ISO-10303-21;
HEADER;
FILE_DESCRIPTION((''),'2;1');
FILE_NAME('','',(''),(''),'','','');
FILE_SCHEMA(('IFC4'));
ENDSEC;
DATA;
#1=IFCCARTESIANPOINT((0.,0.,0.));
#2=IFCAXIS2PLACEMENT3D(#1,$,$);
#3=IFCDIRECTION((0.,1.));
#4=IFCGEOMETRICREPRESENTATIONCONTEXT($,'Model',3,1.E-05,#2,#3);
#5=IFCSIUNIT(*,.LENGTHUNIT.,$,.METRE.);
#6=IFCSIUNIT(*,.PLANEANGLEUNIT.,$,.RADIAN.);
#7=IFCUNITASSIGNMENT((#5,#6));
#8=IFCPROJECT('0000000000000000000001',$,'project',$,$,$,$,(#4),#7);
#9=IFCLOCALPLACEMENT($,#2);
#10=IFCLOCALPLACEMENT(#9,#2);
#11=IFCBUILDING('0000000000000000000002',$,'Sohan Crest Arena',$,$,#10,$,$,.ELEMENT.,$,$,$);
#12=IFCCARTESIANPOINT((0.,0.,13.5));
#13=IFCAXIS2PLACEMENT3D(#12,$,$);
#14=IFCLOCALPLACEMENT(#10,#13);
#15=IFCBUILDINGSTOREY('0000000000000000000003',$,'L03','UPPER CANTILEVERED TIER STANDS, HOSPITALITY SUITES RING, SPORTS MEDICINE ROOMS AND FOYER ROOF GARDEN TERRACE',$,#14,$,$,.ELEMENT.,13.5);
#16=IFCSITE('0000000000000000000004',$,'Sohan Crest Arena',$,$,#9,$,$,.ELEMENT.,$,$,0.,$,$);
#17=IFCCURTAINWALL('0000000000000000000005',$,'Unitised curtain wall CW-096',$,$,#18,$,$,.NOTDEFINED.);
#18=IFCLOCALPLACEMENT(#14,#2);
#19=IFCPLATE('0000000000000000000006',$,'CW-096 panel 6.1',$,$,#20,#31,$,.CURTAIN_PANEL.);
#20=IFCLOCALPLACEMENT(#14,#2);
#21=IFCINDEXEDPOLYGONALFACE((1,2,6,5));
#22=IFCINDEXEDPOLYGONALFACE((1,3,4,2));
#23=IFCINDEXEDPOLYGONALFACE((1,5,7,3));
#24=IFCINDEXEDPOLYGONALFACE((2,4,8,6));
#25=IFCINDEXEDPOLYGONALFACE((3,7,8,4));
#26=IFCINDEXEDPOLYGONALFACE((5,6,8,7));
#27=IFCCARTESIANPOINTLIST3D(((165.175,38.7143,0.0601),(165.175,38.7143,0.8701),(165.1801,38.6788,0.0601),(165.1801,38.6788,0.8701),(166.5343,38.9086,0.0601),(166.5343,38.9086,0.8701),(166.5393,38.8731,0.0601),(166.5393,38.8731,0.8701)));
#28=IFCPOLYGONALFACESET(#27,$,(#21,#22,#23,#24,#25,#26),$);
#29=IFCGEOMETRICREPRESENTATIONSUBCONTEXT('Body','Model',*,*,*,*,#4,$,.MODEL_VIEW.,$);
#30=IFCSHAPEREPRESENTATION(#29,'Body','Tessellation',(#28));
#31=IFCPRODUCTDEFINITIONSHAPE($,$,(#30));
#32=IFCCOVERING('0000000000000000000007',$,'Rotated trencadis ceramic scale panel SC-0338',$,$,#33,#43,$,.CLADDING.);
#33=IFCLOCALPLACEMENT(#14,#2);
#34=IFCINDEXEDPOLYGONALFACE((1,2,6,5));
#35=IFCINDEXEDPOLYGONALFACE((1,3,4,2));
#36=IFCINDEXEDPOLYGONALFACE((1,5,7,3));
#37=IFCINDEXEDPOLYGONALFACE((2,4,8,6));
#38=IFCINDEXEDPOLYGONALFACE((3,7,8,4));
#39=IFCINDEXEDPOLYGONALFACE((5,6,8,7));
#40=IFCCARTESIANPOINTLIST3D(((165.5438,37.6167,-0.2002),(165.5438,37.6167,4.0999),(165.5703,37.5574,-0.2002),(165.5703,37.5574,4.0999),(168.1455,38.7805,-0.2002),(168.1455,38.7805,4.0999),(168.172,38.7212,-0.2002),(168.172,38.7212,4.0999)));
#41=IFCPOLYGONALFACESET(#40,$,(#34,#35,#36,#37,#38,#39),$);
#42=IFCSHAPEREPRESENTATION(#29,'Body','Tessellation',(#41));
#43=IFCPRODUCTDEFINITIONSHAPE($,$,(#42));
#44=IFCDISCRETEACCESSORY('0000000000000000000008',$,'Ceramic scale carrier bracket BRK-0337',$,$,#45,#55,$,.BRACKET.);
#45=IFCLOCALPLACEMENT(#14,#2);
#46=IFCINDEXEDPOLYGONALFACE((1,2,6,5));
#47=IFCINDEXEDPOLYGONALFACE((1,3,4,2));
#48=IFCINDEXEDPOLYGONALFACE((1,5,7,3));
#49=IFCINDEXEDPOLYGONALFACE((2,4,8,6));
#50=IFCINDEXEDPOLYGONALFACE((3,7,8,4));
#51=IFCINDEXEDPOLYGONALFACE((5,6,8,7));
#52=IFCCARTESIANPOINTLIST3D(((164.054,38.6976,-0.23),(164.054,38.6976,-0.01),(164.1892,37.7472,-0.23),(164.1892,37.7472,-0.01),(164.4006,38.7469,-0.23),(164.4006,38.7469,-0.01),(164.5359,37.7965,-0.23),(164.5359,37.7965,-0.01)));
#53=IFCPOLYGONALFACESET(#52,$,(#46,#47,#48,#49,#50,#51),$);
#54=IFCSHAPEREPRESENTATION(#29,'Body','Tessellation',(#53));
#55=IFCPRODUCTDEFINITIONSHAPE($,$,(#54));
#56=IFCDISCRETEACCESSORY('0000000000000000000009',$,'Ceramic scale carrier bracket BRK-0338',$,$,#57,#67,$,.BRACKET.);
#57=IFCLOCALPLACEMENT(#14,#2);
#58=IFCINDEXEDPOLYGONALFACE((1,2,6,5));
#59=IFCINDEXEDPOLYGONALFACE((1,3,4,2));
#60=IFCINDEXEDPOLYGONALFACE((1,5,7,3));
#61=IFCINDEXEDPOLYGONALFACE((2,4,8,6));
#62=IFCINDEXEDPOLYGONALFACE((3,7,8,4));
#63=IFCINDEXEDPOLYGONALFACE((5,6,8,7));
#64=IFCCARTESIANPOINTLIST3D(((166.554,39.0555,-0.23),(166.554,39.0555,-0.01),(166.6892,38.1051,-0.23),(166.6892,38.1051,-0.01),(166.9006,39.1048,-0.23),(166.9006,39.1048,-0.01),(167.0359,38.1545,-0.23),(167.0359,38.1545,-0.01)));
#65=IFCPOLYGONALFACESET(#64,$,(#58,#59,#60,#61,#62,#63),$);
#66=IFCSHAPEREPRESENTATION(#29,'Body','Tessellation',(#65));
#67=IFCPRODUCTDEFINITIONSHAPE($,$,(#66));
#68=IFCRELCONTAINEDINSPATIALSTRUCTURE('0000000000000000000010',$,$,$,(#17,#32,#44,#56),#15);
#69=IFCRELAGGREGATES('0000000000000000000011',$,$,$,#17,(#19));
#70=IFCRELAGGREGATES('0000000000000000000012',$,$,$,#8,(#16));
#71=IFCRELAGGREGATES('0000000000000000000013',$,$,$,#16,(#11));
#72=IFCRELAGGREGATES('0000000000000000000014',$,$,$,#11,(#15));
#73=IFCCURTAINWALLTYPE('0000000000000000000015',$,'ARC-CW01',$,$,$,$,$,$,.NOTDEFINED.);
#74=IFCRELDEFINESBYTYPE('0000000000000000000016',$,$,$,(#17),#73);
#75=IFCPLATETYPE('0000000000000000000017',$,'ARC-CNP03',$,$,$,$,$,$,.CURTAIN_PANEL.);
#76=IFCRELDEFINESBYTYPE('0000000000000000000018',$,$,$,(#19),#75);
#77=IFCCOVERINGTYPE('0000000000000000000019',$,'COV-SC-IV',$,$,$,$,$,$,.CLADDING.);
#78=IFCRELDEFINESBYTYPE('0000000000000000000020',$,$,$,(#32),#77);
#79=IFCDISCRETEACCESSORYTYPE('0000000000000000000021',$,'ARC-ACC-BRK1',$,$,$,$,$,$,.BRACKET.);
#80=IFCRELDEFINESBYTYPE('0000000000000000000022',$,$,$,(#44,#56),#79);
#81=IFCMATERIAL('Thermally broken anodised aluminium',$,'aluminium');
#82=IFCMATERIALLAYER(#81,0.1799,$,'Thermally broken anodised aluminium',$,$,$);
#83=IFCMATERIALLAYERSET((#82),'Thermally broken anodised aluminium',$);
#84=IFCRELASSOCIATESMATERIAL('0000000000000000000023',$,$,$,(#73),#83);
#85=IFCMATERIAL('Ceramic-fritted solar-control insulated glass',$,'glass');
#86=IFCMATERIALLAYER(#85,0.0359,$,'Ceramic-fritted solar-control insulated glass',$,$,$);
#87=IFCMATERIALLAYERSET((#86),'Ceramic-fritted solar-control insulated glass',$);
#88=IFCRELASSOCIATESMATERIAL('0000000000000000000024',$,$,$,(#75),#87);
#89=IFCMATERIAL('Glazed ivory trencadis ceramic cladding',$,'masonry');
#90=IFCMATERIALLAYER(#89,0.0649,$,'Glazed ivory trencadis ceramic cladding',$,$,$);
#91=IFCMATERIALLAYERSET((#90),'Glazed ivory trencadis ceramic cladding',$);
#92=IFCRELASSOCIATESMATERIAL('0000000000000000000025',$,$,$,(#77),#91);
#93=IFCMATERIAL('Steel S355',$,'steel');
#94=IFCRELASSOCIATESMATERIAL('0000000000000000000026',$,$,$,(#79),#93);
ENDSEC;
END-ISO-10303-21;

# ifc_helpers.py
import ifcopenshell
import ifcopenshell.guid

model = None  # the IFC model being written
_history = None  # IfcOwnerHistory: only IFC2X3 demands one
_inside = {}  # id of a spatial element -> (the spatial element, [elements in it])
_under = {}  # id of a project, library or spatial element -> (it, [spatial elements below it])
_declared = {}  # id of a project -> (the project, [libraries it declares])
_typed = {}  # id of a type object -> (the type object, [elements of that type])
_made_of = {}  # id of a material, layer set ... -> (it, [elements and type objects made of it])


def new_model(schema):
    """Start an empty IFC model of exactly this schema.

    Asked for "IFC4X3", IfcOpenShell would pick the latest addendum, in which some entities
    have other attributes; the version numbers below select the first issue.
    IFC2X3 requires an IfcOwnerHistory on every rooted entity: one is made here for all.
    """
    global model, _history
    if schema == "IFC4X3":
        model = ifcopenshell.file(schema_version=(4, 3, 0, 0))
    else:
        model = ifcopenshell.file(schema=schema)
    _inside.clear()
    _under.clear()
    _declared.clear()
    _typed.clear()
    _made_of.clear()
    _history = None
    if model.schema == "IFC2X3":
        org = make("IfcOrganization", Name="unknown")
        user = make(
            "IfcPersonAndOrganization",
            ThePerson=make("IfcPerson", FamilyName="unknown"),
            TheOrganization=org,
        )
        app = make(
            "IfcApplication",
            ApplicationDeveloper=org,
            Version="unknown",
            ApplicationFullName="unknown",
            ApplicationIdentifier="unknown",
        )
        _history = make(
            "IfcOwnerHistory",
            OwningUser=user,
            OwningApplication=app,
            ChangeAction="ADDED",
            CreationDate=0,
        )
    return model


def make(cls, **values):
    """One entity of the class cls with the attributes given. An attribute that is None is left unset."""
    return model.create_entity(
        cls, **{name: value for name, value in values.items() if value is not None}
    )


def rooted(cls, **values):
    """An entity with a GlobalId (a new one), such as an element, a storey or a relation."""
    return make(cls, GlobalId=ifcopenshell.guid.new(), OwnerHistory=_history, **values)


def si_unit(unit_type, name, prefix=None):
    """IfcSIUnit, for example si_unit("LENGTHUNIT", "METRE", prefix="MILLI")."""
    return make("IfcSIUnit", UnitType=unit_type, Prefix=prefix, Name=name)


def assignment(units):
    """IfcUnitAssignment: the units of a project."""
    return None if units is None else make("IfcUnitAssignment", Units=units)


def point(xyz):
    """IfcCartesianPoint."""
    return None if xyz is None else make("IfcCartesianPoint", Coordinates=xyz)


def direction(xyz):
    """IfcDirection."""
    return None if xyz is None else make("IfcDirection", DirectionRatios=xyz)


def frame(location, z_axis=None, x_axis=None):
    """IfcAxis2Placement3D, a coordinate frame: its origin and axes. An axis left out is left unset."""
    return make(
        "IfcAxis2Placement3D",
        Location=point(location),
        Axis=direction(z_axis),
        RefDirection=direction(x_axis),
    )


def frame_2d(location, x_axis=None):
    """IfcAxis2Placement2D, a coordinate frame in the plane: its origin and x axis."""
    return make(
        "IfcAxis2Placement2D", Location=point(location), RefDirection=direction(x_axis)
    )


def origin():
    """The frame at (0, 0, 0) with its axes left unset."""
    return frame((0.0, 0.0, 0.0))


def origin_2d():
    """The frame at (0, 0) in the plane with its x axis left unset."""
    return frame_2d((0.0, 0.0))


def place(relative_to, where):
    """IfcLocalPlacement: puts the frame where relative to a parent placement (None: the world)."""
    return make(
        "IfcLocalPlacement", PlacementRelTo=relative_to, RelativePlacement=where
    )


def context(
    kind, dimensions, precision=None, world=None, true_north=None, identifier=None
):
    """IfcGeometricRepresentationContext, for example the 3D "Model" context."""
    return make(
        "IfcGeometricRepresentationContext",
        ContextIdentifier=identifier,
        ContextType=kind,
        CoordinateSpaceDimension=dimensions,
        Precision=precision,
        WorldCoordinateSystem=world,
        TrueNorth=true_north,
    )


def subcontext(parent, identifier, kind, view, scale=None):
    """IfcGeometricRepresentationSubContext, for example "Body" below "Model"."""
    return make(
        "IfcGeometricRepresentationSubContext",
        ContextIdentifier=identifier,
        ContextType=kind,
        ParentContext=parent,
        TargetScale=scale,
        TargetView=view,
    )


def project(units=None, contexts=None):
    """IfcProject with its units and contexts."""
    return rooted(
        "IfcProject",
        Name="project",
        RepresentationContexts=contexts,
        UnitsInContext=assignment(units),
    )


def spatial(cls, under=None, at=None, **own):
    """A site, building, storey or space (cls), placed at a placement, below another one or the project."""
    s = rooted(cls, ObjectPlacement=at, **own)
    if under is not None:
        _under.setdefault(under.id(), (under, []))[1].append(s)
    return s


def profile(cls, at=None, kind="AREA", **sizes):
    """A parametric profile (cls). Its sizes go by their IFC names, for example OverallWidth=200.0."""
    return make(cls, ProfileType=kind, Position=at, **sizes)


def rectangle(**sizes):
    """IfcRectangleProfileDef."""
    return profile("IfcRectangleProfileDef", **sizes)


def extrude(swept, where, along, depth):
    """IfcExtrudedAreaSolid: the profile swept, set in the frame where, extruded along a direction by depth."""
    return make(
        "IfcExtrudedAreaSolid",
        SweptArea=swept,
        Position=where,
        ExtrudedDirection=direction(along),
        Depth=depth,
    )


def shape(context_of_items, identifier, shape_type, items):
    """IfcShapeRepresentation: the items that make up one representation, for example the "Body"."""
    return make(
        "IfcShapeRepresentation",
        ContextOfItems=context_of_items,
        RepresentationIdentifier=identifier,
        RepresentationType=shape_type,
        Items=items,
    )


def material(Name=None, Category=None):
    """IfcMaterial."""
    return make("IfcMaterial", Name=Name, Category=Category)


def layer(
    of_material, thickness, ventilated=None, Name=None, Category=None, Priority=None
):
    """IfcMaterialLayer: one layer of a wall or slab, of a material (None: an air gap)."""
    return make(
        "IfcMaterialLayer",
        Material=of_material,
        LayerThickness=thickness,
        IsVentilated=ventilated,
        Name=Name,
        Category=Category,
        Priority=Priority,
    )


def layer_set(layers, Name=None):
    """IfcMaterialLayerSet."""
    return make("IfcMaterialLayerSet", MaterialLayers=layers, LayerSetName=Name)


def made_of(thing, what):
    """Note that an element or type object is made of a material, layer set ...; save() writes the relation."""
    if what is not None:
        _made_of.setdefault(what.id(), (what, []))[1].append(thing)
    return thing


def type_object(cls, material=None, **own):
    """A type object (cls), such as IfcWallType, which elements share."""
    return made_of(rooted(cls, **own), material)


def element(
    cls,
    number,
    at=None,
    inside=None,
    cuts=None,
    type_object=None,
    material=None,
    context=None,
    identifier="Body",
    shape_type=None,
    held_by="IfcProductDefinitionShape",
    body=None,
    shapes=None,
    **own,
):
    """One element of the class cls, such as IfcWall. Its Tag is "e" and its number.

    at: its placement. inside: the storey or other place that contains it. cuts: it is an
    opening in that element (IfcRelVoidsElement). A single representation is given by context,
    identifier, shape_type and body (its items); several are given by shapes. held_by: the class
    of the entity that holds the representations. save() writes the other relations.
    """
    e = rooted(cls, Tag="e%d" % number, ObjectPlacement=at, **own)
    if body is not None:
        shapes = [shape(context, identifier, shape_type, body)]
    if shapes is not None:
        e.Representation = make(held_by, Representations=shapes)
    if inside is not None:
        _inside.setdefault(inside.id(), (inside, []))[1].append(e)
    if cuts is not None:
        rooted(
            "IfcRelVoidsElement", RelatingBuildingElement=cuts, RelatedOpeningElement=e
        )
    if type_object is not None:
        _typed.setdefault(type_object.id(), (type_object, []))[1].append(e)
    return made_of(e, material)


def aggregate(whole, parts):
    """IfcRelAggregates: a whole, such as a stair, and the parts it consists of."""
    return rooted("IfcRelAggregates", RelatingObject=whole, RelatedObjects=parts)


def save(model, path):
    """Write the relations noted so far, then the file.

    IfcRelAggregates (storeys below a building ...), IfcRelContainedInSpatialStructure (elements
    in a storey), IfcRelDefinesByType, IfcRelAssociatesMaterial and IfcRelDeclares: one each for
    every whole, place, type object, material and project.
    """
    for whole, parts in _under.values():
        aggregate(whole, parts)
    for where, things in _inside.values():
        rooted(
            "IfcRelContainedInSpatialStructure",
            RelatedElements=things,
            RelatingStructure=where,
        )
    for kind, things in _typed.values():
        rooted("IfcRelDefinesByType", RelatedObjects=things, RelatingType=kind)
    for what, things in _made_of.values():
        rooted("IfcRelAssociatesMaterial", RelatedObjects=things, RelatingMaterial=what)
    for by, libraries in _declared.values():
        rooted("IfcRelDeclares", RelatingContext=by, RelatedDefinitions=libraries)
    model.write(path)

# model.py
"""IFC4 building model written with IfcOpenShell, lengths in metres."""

from ifc_helpers import new_model, si_unit, direction, frame, origin, origin_2d, place, context, subcontext, project, spatial, rectangle, extrude, material, layer, layer_set, type_object, element, aggregate, save


model = new_model("IFC4")

# Units and contexts
model_context = context("Model", 3, precision=1e-05, world=origin(), true_north=direction((0.0, 1.0)))
body_context = subcontext(model_context, "Body", "Model", "MODEL_VIEW")
ifc_project = project(units=[si_unit("LENGTHUNIT", "METRE"), si_unit("PLANEANGLEUNIT", "RADIAN")], contexts=[model_context])

# Site, building, storey
site_placement = place(None, origin())
site = spatial("IfcSite", under=ifc_project, at=site_placement, Name="Sohan Crest Arena", CompositionType="ELEMENT", RefElevation=0.0)
building_placement = place(site_placement, origin())
building = spatial("IfcBuilding", under=site, at=building_placement, Name="Sohan Crest Arena", CompositionType="ELEMENT")
storey_placement = place(building_placement, frame((0.0, 0.0, 13.5)))
storey = spatial("IfcBuildingStorey", under=building, at=storey_placement, Name="L03", Description="UPPER CANTILEVERED TIER STANDS, HOSPITALITY SUITES RING, SPORTS MEDICINE ROOMS AND FOYER ROOF GARDEN TERRACE", CompositionType="ELEMENT", Elevation=13.5)

# Curtain wall, plate
ifc_material_1 = material(Name="Thermally broken anodised aluminium", Category="aluminium")
ifc_layer_1 = layer(ifc_material_1, 0.1799, Name="Thermally broken anodised aluminium")
ifc_layer_set_1 = layer_set([ifc_layer_1], Name="Thermally broken anodised aluminium")
curtain_wall_type = type_object("IfcCurtainWallType", Name="ARC-CW01", PredefinedType="NOTDEFINED", material=ifc_layer_set_1)
curtain_wall_placement = place(storey_placement, origin())
curtain_wall = element("IfcCurtainWall", 1, at=curtain_wall_placement, inside=storey, type_object=curtain_wall_type, Name="Unitised curtain wall CW-096", PredefinedType="NOTDEFINED")
ifc_material_2 = material(Name="Ceramic-fritted solar-control insulated glass", Category="glass")
ifc_layer_2 = layer(ifc_material_2, 0.0359, Name="Ceramic-fritted solar-control insulated glass")
ifc_layer_set_2 = layer_set([ifc_layer_2], Name="Ceramic-fritted solar-control insulated glass")
plate_type = type_object("IfcPlateType", Name="ARC-CNP03", PredefinedType="CURTAIN_PANEL", material=ifc_layer_set_2)
plate_1_placement = place(storey_placement, frame((165.8572, 38.7937, 0.0601), z_axis=(0.0, 0.0, 1.0), x_axis=(0.989944, 0.141463, 0.0)))
plate_1 = element("IfcPlate", 2, at=plate_1_placement, type_object=plate_type, Name="CW-096 panel 6.1", PredefinedType="CURTAIN_PANEL", context=body_context, shape_type="SweptSolid", body=[
    extrude(rectangle(XDim=1.373, YDim=0.0359, at=origin_2d()), origin(), (0.0, 0.0, 1.0), 0.8101),
])
aggregate(curtain_wall, [plate_1])

# Covering
ifc_material_3 = material(Name="Glazed ivory trencadis ceramic cladding", Category="masonry")
ifc_layer_3 = layer(ifc_material_3, 0.0649, Name="Glazed ivory trencadis ceramic cladding")
ifc_layer_set_3 = layer_set([ifc_layer_3], Name="Glazed ivory trencadis ceramic cladding")
covering_type = type_object("IfcCoveringType", Name="COV-SC-IV", PredefinedType="CLADDING", material=ifc_layer_set_3)
covering_placement = place(storey_placement, frame((166.8579, 38.1689, -0.2002), z_axis=(0.0, 0.0, 1.0), x_axis=(0.912834, 0.40833, 0.0)))
element("IfcCovering", 3, at=covering_placement, inside=storey, type_object=covering_type, Name="Rotated trencadis ceramic scale panel SC-0338", PredefinedType="CLADDING", context=body_context, shape_type="SweptSolid", body=[
    extrude(rectangle(XDim=2.8501, YDim=0.0649, at=origin_2d()), origin(), (0.0, 0.0, 1.0), 4.3),
])

# Discrete accessories
ifc_material_4 = material(Name="Steel S355", Category="steel")
discrete_accessory_type = type_object("IfcDiscreteAccessoryType", Name="ARC-ACC-BRK1", PredefinedType="BRACKET", material=ifc_material_4)
for number, where, z_axis, x_axis, name in (
    (4, (164.2949, 38.2471, -0.23), (0.0, 0.0, 1.0), (0.990024, 0.140901, 0.0), "Ceramic scale carrier bracket BRK-0337"),
    (5, (166.7949, 38.605, -0.23), (0.0, 0.0, 1.0), (0.990024, 0.140901, 0.0), "Ceramic scale carrier bracket BRK-0338"),
):
    element("IfcDiscreteAccessory", number, at=place(storey_placement, frame(where, z_axis=z_axis, x_axis=x_axis)), inside=storey, type_object=discrete_accessory_type, Name=name, PredefinedType="BRACKET", context=body_context, shape_type="SweptSolid", body=[
        extrude(rectangle(XDim=0.3501, YDim=0.96, at=origin_2d()), origin(), (0.0, 0.0, 1.0), 0.22),
    ])

save(model, "model.ifc")
